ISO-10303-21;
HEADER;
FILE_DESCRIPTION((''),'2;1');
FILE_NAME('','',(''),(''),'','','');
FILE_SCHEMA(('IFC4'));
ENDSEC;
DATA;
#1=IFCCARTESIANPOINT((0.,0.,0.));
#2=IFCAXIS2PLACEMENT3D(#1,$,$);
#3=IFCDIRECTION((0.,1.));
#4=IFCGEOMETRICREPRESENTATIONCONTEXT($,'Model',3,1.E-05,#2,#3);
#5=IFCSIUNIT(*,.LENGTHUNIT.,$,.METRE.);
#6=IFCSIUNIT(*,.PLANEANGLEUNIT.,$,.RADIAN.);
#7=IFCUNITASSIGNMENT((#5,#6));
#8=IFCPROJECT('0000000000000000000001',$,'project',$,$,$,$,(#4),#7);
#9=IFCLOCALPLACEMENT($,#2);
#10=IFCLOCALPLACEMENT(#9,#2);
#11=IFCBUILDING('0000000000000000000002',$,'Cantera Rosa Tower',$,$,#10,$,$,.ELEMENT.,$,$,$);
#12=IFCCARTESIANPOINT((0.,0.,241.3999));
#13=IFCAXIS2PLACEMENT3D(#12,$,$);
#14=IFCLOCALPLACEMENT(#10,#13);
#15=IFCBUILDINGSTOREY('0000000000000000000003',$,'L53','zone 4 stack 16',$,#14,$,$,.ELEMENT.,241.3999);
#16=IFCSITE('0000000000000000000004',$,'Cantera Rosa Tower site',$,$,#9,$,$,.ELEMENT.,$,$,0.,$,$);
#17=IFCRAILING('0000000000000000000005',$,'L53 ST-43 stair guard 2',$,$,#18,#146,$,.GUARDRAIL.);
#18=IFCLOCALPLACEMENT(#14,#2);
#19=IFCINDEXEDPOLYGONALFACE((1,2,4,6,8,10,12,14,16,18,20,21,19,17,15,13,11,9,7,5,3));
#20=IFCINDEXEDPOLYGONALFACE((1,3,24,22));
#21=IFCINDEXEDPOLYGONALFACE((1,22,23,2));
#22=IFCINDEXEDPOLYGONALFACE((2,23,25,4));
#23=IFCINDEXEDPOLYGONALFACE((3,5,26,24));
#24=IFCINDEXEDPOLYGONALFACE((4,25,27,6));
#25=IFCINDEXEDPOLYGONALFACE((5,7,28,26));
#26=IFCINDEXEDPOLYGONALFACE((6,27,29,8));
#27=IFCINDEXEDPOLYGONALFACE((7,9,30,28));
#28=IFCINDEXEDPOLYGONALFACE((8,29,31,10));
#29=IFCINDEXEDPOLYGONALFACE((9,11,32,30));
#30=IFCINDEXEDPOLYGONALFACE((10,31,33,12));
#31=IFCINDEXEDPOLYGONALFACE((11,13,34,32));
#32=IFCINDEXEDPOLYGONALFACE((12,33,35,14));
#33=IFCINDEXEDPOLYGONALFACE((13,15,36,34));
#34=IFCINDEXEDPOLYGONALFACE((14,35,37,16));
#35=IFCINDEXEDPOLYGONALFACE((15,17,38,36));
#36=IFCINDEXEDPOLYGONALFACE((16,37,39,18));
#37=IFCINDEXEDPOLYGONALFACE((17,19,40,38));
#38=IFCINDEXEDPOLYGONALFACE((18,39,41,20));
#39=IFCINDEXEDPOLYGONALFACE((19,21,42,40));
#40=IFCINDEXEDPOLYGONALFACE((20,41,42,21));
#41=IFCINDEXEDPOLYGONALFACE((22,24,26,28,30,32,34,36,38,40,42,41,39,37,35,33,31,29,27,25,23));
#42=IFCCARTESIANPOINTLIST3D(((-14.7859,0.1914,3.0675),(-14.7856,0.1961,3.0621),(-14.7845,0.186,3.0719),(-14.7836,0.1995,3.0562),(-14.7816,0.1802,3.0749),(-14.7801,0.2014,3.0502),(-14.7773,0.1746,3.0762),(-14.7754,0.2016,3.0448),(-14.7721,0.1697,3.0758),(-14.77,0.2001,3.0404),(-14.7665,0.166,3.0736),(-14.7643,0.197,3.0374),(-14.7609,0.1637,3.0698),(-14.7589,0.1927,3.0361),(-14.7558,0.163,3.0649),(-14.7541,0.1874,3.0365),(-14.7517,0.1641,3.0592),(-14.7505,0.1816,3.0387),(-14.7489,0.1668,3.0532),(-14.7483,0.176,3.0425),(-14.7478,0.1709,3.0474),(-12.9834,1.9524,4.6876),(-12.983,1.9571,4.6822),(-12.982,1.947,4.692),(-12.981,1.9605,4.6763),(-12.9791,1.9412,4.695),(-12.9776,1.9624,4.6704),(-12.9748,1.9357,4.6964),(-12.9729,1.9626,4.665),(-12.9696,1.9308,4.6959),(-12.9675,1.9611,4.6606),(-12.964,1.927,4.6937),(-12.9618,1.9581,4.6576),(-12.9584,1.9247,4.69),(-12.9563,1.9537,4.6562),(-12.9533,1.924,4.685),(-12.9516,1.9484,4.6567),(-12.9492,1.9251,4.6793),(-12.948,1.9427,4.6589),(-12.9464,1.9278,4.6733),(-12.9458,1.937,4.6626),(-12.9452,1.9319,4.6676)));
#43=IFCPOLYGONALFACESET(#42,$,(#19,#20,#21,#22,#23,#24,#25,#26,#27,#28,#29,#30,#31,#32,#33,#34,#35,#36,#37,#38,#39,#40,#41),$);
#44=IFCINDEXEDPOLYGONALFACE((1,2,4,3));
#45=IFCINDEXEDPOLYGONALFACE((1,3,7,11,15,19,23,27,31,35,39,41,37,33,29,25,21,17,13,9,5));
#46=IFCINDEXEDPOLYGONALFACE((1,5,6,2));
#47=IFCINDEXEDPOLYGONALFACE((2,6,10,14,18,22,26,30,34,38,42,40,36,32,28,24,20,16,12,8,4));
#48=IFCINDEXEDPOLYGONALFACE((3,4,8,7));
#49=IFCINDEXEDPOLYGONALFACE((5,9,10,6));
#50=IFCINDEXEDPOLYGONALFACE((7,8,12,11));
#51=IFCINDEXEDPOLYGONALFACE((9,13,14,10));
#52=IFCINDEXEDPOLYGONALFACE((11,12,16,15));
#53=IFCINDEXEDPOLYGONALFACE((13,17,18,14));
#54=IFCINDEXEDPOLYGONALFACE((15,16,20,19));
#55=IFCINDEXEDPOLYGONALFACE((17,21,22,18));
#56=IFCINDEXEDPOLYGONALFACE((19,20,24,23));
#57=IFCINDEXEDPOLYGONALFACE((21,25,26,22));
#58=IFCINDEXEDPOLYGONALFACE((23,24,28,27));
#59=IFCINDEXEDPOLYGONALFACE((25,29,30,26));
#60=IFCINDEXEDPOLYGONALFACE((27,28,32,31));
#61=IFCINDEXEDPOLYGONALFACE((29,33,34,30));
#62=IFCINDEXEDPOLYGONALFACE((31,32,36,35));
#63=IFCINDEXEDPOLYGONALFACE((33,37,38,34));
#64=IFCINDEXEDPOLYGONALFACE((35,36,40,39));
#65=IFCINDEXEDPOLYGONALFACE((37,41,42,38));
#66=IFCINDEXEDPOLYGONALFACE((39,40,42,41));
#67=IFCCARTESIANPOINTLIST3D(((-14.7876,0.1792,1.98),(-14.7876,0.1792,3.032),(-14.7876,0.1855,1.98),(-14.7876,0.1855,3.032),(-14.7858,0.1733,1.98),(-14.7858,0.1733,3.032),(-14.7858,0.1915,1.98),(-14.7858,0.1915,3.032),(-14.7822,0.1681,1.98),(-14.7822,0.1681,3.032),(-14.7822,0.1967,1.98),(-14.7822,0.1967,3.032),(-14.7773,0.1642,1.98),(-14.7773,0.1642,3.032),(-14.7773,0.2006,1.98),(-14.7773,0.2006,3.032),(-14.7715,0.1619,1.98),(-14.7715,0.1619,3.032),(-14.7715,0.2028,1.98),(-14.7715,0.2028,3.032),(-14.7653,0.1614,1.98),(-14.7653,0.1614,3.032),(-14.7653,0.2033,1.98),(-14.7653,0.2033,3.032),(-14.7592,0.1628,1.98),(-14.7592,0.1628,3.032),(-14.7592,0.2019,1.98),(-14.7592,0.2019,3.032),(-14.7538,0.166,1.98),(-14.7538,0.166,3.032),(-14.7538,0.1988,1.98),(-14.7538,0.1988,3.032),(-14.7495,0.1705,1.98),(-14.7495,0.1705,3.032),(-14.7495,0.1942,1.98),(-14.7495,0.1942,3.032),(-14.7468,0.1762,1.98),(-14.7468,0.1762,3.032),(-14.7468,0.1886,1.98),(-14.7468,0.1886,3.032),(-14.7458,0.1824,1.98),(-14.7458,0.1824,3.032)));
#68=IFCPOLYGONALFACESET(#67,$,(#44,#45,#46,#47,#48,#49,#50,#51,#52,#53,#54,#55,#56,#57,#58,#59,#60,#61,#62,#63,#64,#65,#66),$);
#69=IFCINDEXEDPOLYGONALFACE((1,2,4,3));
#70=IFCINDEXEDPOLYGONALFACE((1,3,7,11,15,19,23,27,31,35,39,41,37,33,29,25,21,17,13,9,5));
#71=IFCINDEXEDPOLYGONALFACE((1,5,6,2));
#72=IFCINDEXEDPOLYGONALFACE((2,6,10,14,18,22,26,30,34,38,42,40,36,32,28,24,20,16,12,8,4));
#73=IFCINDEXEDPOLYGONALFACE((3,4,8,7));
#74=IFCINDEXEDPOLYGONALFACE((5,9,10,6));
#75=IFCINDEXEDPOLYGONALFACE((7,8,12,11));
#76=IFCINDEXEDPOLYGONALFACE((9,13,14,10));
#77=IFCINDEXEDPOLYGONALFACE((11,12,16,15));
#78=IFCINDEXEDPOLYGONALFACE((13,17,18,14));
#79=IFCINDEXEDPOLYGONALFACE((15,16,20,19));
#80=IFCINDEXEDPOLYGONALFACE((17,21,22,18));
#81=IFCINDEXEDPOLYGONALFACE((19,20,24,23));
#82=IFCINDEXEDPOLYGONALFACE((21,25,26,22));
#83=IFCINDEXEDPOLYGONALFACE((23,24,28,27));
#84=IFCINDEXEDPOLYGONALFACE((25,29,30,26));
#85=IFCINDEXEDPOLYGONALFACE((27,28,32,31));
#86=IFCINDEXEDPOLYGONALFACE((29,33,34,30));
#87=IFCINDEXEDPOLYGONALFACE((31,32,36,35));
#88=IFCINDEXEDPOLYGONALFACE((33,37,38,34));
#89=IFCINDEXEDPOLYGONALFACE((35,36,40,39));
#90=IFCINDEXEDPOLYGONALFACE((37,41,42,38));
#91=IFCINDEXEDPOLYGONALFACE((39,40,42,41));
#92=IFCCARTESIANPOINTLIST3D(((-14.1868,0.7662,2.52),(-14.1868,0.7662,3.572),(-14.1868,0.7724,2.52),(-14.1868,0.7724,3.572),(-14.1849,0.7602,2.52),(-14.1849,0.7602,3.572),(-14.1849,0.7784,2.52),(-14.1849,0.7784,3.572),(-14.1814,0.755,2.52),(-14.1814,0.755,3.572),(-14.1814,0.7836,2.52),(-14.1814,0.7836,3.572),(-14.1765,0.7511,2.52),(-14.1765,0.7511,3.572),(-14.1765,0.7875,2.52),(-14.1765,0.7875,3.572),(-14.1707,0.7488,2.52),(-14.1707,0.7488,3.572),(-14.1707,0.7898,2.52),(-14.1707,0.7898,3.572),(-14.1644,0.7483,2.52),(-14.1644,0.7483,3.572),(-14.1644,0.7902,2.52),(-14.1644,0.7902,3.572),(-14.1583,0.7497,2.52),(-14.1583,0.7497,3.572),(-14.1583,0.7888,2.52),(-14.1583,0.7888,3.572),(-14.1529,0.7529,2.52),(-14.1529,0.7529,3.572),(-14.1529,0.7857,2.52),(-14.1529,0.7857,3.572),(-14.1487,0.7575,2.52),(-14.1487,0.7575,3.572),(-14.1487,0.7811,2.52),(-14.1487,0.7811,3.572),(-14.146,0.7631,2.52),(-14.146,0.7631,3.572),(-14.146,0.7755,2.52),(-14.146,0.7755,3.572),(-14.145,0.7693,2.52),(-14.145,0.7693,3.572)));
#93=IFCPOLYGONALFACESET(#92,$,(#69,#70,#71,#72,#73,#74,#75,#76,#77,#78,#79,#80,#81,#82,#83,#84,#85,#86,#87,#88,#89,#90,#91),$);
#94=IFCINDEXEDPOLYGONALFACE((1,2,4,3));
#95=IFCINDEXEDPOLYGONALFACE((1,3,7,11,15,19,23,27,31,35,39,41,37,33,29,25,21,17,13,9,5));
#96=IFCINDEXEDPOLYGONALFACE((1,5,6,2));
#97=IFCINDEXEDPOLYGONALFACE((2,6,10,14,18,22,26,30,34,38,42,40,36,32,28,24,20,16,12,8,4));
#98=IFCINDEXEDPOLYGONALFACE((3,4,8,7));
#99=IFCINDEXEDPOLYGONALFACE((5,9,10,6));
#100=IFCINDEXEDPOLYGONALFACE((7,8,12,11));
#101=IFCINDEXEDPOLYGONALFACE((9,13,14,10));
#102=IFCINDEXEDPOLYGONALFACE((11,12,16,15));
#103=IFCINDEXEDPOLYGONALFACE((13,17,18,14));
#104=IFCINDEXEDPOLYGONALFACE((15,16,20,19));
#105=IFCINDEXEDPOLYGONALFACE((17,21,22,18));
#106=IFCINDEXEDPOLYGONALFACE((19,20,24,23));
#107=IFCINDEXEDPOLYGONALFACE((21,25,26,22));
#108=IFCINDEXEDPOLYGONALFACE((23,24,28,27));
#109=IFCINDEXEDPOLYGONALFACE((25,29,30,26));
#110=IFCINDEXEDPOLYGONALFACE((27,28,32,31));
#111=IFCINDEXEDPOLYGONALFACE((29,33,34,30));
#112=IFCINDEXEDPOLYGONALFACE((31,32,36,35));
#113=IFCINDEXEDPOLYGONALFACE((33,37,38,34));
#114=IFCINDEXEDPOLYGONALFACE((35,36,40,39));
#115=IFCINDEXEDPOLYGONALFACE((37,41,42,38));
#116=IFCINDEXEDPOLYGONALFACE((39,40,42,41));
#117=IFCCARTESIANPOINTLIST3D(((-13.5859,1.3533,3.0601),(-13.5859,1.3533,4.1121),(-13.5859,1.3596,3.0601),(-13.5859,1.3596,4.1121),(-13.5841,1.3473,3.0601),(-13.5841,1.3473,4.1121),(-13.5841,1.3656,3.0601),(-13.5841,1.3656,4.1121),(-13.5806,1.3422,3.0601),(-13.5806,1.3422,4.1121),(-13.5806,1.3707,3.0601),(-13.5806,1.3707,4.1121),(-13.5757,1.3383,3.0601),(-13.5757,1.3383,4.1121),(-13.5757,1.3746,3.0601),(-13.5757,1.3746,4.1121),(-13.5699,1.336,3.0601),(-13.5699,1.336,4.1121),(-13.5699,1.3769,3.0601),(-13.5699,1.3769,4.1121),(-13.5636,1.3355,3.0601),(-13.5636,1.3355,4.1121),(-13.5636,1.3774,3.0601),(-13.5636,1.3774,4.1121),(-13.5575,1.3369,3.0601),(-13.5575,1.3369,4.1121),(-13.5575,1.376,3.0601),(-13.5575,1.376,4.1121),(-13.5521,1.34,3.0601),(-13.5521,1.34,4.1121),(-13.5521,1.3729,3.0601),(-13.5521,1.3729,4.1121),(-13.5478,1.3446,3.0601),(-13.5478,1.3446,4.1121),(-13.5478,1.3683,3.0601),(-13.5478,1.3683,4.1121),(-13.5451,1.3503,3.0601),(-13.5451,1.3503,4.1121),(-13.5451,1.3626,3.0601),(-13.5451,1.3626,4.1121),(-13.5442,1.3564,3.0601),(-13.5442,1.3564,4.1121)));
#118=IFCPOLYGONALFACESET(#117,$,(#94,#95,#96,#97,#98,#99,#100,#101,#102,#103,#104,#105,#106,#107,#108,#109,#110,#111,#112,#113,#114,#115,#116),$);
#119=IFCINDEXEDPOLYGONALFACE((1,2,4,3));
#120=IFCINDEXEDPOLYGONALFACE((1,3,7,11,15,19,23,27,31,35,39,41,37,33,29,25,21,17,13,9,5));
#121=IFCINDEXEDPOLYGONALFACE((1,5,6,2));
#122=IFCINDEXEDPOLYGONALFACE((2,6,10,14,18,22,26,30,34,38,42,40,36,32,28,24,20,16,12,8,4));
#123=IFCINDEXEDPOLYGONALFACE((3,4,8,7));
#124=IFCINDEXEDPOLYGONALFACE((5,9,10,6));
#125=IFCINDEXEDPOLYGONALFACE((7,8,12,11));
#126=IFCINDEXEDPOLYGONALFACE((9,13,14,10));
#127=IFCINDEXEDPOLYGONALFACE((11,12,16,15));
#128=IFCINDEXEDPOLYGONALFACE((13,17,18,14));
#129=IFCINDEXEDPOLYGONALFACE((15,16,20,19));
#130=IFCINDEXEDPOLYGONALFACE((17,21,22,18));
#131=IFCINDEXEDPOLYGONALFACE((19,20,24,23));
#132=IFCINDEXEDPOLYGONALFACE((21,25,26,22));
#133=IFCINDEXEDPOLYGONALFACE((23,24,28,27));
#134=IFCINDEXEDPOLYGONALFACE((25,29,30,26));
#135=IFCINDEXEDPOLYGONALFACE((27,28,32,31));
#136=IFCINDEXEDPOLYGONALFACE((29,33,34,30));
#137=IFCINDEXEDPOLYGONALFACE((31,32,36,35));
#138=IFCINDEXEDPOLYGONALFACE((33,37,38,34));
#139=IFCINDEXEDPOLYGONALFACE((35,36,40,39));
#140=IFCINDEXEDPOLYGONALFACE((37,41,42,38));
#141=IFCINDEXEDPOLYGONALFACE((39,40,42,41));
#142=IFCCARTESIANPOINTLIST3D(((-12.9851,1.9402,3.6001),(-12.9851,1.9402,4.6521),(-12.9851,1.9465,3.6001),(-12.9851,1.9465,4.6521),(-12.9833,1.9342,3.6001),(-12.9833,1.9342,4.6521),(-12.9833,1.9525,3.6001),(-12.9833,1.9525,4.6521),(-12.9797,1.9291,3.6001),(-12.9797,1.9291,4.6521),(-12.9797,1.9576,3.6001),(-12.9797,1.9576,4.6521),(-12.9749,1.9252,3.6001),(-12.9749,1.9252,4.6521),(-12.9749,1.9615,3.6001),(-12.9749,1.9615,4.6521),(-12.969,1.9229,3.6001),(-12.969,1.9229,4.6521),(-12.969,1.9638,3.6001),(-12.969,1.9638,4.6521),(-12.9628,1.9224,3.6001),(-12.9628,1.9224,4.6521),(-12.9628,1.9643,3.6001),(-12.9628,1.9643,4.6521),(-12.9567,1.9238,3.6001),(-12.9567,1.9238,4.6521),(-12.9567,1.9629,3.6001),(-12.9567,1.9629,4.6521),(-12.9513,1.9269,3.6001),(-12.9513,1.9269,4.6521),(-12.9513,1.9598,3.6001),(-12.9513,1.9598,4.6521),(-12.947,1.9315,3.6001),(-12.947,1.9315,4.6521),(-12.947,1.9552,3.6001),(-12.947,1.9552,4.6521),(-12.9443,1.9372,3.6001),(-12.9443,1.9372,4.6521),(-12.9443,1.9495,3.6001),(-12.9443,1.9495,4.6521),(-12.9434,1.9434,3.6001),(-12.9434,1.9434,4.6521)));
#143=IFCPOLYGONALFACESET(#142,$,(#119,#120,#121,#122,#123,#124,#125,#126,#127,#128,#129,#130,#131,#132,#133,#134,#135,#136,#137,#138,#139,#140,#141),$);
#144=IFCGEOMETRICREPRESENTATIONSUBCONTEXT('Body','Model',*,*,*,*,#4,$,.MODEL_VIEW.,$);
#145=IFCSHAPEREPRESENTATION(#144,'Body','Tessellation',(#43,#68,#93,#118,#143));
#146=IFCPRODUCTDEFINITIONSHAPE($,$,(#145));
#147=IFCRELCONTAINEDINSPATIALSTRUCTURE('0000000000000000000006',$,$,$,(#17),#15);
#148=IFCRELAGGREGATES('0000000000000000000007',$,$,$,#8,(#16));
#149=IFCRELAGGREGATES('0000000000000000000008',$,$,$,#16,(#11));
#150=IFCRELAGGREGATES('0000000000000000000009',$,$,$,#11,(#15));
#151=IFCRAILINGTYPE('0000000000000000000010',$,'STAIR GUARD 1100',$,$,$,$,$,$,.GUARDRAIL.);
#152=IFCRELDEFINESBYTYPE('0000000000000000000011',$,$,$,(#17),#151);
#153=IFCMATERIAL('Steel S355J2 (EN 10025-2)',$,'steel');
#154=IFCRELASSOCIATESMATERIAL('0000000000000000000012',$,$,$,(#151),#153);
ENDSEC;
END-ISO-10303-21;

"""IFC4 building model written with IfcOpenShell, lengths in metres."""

from ifc_helpers import new_model, si_unit, direction, frame, origin, origin_2d, place, context, subcontext, project, spatial, circle, extrude, material, type_object, element, save


model = new_model("IFC4")

# Units and contexts
model_context = context("Model", 3, precision=1e-05, world=origin(), true_north=direction((0.0, 1.0)))
body_context = subcontext(model_context, "Body", "Model", "MODEL_VIEW")
ifc_project = project(units=[si_unit("LENGTHUNIT", "METRE"), si_unit("PLANEANGLEUNIT", "RADIAN")], contexts=[model_context])

# Site, building, storey
site_placement = place(None, origin())
site = spatial("IfcSite", under=ifc_project, at=site_placement, Name="Cantera Rosa Tower site", CompositionType="ELEMENT", RefElevation=0.0)
building_placement = place(site_placement, origin())
building = spatial("IfcBuilding", under=site, at=building_placement, Name="Cantera Rosa Tower", CompositionType="ELEMENT")
storey_placement = place(building_placement, frame((0.0, 0.0, 241.3999)))
storey = spatial("IfcBuildingStorey", under=building, at=storey_placement, Name="L53", Description="zone 4 stack 16", CompositionType="ELEMENT", Elevation=241.3999)

# Railing
ifc_material_1 = material(Name="Steel S355J2 (EN 10025-2)", Category="steel")
railing_type_1 = type_object("IfcRailingType", Name="STAIR GUARD 1100", PredefinedType="GUARDRAIL", material=ifc_material_1)
railing_1_placement = place(storey_placement, frame((-14.7668, 0.1824, 1.98)))
element("IfcRailing", 1, at=railing_1_placement, inside=storey, type_object=railing_type_1, Name="L53 ST-43 stair guard 2", PredefinedType="GUARDRAIL", context=body_context, shape_type="SweptSolid", body=[
    extrude(circle(Radius=0.0239, at=origin_2d()), frame((0.0, 0.0, 1.0762), z_axis=(0.601672, 0.587818, 0.540796), x_axis=(-0.698824, 0.715294, 0.0)), (0.0, 0.0, 1.0), 2.9958),
    extrude(circle(Radius=0.021, at=origin_2d()), origin(), (0.0, 0.0, 1.0), 1.052),
    extrude(circle(Radius=0.021, at=origin_2d()), frame((0.6008, 0.5869, 0.54)), (0.0, 0.0, 1.0), 1.052),
    extrude(circle(Radius=0.021, at=origin_2d()), frame((1.2017, 1.1741, 1.0801)), (0.0, 0.0, 1.0), 1.052),
    extrude(circle(Radius=0.021, at=origin_2d()), frame((1.8025, 1.761, 1.6201)), (0.0, 0.0, 1.0), 1.052),
])

save(model, "model.ifc")
